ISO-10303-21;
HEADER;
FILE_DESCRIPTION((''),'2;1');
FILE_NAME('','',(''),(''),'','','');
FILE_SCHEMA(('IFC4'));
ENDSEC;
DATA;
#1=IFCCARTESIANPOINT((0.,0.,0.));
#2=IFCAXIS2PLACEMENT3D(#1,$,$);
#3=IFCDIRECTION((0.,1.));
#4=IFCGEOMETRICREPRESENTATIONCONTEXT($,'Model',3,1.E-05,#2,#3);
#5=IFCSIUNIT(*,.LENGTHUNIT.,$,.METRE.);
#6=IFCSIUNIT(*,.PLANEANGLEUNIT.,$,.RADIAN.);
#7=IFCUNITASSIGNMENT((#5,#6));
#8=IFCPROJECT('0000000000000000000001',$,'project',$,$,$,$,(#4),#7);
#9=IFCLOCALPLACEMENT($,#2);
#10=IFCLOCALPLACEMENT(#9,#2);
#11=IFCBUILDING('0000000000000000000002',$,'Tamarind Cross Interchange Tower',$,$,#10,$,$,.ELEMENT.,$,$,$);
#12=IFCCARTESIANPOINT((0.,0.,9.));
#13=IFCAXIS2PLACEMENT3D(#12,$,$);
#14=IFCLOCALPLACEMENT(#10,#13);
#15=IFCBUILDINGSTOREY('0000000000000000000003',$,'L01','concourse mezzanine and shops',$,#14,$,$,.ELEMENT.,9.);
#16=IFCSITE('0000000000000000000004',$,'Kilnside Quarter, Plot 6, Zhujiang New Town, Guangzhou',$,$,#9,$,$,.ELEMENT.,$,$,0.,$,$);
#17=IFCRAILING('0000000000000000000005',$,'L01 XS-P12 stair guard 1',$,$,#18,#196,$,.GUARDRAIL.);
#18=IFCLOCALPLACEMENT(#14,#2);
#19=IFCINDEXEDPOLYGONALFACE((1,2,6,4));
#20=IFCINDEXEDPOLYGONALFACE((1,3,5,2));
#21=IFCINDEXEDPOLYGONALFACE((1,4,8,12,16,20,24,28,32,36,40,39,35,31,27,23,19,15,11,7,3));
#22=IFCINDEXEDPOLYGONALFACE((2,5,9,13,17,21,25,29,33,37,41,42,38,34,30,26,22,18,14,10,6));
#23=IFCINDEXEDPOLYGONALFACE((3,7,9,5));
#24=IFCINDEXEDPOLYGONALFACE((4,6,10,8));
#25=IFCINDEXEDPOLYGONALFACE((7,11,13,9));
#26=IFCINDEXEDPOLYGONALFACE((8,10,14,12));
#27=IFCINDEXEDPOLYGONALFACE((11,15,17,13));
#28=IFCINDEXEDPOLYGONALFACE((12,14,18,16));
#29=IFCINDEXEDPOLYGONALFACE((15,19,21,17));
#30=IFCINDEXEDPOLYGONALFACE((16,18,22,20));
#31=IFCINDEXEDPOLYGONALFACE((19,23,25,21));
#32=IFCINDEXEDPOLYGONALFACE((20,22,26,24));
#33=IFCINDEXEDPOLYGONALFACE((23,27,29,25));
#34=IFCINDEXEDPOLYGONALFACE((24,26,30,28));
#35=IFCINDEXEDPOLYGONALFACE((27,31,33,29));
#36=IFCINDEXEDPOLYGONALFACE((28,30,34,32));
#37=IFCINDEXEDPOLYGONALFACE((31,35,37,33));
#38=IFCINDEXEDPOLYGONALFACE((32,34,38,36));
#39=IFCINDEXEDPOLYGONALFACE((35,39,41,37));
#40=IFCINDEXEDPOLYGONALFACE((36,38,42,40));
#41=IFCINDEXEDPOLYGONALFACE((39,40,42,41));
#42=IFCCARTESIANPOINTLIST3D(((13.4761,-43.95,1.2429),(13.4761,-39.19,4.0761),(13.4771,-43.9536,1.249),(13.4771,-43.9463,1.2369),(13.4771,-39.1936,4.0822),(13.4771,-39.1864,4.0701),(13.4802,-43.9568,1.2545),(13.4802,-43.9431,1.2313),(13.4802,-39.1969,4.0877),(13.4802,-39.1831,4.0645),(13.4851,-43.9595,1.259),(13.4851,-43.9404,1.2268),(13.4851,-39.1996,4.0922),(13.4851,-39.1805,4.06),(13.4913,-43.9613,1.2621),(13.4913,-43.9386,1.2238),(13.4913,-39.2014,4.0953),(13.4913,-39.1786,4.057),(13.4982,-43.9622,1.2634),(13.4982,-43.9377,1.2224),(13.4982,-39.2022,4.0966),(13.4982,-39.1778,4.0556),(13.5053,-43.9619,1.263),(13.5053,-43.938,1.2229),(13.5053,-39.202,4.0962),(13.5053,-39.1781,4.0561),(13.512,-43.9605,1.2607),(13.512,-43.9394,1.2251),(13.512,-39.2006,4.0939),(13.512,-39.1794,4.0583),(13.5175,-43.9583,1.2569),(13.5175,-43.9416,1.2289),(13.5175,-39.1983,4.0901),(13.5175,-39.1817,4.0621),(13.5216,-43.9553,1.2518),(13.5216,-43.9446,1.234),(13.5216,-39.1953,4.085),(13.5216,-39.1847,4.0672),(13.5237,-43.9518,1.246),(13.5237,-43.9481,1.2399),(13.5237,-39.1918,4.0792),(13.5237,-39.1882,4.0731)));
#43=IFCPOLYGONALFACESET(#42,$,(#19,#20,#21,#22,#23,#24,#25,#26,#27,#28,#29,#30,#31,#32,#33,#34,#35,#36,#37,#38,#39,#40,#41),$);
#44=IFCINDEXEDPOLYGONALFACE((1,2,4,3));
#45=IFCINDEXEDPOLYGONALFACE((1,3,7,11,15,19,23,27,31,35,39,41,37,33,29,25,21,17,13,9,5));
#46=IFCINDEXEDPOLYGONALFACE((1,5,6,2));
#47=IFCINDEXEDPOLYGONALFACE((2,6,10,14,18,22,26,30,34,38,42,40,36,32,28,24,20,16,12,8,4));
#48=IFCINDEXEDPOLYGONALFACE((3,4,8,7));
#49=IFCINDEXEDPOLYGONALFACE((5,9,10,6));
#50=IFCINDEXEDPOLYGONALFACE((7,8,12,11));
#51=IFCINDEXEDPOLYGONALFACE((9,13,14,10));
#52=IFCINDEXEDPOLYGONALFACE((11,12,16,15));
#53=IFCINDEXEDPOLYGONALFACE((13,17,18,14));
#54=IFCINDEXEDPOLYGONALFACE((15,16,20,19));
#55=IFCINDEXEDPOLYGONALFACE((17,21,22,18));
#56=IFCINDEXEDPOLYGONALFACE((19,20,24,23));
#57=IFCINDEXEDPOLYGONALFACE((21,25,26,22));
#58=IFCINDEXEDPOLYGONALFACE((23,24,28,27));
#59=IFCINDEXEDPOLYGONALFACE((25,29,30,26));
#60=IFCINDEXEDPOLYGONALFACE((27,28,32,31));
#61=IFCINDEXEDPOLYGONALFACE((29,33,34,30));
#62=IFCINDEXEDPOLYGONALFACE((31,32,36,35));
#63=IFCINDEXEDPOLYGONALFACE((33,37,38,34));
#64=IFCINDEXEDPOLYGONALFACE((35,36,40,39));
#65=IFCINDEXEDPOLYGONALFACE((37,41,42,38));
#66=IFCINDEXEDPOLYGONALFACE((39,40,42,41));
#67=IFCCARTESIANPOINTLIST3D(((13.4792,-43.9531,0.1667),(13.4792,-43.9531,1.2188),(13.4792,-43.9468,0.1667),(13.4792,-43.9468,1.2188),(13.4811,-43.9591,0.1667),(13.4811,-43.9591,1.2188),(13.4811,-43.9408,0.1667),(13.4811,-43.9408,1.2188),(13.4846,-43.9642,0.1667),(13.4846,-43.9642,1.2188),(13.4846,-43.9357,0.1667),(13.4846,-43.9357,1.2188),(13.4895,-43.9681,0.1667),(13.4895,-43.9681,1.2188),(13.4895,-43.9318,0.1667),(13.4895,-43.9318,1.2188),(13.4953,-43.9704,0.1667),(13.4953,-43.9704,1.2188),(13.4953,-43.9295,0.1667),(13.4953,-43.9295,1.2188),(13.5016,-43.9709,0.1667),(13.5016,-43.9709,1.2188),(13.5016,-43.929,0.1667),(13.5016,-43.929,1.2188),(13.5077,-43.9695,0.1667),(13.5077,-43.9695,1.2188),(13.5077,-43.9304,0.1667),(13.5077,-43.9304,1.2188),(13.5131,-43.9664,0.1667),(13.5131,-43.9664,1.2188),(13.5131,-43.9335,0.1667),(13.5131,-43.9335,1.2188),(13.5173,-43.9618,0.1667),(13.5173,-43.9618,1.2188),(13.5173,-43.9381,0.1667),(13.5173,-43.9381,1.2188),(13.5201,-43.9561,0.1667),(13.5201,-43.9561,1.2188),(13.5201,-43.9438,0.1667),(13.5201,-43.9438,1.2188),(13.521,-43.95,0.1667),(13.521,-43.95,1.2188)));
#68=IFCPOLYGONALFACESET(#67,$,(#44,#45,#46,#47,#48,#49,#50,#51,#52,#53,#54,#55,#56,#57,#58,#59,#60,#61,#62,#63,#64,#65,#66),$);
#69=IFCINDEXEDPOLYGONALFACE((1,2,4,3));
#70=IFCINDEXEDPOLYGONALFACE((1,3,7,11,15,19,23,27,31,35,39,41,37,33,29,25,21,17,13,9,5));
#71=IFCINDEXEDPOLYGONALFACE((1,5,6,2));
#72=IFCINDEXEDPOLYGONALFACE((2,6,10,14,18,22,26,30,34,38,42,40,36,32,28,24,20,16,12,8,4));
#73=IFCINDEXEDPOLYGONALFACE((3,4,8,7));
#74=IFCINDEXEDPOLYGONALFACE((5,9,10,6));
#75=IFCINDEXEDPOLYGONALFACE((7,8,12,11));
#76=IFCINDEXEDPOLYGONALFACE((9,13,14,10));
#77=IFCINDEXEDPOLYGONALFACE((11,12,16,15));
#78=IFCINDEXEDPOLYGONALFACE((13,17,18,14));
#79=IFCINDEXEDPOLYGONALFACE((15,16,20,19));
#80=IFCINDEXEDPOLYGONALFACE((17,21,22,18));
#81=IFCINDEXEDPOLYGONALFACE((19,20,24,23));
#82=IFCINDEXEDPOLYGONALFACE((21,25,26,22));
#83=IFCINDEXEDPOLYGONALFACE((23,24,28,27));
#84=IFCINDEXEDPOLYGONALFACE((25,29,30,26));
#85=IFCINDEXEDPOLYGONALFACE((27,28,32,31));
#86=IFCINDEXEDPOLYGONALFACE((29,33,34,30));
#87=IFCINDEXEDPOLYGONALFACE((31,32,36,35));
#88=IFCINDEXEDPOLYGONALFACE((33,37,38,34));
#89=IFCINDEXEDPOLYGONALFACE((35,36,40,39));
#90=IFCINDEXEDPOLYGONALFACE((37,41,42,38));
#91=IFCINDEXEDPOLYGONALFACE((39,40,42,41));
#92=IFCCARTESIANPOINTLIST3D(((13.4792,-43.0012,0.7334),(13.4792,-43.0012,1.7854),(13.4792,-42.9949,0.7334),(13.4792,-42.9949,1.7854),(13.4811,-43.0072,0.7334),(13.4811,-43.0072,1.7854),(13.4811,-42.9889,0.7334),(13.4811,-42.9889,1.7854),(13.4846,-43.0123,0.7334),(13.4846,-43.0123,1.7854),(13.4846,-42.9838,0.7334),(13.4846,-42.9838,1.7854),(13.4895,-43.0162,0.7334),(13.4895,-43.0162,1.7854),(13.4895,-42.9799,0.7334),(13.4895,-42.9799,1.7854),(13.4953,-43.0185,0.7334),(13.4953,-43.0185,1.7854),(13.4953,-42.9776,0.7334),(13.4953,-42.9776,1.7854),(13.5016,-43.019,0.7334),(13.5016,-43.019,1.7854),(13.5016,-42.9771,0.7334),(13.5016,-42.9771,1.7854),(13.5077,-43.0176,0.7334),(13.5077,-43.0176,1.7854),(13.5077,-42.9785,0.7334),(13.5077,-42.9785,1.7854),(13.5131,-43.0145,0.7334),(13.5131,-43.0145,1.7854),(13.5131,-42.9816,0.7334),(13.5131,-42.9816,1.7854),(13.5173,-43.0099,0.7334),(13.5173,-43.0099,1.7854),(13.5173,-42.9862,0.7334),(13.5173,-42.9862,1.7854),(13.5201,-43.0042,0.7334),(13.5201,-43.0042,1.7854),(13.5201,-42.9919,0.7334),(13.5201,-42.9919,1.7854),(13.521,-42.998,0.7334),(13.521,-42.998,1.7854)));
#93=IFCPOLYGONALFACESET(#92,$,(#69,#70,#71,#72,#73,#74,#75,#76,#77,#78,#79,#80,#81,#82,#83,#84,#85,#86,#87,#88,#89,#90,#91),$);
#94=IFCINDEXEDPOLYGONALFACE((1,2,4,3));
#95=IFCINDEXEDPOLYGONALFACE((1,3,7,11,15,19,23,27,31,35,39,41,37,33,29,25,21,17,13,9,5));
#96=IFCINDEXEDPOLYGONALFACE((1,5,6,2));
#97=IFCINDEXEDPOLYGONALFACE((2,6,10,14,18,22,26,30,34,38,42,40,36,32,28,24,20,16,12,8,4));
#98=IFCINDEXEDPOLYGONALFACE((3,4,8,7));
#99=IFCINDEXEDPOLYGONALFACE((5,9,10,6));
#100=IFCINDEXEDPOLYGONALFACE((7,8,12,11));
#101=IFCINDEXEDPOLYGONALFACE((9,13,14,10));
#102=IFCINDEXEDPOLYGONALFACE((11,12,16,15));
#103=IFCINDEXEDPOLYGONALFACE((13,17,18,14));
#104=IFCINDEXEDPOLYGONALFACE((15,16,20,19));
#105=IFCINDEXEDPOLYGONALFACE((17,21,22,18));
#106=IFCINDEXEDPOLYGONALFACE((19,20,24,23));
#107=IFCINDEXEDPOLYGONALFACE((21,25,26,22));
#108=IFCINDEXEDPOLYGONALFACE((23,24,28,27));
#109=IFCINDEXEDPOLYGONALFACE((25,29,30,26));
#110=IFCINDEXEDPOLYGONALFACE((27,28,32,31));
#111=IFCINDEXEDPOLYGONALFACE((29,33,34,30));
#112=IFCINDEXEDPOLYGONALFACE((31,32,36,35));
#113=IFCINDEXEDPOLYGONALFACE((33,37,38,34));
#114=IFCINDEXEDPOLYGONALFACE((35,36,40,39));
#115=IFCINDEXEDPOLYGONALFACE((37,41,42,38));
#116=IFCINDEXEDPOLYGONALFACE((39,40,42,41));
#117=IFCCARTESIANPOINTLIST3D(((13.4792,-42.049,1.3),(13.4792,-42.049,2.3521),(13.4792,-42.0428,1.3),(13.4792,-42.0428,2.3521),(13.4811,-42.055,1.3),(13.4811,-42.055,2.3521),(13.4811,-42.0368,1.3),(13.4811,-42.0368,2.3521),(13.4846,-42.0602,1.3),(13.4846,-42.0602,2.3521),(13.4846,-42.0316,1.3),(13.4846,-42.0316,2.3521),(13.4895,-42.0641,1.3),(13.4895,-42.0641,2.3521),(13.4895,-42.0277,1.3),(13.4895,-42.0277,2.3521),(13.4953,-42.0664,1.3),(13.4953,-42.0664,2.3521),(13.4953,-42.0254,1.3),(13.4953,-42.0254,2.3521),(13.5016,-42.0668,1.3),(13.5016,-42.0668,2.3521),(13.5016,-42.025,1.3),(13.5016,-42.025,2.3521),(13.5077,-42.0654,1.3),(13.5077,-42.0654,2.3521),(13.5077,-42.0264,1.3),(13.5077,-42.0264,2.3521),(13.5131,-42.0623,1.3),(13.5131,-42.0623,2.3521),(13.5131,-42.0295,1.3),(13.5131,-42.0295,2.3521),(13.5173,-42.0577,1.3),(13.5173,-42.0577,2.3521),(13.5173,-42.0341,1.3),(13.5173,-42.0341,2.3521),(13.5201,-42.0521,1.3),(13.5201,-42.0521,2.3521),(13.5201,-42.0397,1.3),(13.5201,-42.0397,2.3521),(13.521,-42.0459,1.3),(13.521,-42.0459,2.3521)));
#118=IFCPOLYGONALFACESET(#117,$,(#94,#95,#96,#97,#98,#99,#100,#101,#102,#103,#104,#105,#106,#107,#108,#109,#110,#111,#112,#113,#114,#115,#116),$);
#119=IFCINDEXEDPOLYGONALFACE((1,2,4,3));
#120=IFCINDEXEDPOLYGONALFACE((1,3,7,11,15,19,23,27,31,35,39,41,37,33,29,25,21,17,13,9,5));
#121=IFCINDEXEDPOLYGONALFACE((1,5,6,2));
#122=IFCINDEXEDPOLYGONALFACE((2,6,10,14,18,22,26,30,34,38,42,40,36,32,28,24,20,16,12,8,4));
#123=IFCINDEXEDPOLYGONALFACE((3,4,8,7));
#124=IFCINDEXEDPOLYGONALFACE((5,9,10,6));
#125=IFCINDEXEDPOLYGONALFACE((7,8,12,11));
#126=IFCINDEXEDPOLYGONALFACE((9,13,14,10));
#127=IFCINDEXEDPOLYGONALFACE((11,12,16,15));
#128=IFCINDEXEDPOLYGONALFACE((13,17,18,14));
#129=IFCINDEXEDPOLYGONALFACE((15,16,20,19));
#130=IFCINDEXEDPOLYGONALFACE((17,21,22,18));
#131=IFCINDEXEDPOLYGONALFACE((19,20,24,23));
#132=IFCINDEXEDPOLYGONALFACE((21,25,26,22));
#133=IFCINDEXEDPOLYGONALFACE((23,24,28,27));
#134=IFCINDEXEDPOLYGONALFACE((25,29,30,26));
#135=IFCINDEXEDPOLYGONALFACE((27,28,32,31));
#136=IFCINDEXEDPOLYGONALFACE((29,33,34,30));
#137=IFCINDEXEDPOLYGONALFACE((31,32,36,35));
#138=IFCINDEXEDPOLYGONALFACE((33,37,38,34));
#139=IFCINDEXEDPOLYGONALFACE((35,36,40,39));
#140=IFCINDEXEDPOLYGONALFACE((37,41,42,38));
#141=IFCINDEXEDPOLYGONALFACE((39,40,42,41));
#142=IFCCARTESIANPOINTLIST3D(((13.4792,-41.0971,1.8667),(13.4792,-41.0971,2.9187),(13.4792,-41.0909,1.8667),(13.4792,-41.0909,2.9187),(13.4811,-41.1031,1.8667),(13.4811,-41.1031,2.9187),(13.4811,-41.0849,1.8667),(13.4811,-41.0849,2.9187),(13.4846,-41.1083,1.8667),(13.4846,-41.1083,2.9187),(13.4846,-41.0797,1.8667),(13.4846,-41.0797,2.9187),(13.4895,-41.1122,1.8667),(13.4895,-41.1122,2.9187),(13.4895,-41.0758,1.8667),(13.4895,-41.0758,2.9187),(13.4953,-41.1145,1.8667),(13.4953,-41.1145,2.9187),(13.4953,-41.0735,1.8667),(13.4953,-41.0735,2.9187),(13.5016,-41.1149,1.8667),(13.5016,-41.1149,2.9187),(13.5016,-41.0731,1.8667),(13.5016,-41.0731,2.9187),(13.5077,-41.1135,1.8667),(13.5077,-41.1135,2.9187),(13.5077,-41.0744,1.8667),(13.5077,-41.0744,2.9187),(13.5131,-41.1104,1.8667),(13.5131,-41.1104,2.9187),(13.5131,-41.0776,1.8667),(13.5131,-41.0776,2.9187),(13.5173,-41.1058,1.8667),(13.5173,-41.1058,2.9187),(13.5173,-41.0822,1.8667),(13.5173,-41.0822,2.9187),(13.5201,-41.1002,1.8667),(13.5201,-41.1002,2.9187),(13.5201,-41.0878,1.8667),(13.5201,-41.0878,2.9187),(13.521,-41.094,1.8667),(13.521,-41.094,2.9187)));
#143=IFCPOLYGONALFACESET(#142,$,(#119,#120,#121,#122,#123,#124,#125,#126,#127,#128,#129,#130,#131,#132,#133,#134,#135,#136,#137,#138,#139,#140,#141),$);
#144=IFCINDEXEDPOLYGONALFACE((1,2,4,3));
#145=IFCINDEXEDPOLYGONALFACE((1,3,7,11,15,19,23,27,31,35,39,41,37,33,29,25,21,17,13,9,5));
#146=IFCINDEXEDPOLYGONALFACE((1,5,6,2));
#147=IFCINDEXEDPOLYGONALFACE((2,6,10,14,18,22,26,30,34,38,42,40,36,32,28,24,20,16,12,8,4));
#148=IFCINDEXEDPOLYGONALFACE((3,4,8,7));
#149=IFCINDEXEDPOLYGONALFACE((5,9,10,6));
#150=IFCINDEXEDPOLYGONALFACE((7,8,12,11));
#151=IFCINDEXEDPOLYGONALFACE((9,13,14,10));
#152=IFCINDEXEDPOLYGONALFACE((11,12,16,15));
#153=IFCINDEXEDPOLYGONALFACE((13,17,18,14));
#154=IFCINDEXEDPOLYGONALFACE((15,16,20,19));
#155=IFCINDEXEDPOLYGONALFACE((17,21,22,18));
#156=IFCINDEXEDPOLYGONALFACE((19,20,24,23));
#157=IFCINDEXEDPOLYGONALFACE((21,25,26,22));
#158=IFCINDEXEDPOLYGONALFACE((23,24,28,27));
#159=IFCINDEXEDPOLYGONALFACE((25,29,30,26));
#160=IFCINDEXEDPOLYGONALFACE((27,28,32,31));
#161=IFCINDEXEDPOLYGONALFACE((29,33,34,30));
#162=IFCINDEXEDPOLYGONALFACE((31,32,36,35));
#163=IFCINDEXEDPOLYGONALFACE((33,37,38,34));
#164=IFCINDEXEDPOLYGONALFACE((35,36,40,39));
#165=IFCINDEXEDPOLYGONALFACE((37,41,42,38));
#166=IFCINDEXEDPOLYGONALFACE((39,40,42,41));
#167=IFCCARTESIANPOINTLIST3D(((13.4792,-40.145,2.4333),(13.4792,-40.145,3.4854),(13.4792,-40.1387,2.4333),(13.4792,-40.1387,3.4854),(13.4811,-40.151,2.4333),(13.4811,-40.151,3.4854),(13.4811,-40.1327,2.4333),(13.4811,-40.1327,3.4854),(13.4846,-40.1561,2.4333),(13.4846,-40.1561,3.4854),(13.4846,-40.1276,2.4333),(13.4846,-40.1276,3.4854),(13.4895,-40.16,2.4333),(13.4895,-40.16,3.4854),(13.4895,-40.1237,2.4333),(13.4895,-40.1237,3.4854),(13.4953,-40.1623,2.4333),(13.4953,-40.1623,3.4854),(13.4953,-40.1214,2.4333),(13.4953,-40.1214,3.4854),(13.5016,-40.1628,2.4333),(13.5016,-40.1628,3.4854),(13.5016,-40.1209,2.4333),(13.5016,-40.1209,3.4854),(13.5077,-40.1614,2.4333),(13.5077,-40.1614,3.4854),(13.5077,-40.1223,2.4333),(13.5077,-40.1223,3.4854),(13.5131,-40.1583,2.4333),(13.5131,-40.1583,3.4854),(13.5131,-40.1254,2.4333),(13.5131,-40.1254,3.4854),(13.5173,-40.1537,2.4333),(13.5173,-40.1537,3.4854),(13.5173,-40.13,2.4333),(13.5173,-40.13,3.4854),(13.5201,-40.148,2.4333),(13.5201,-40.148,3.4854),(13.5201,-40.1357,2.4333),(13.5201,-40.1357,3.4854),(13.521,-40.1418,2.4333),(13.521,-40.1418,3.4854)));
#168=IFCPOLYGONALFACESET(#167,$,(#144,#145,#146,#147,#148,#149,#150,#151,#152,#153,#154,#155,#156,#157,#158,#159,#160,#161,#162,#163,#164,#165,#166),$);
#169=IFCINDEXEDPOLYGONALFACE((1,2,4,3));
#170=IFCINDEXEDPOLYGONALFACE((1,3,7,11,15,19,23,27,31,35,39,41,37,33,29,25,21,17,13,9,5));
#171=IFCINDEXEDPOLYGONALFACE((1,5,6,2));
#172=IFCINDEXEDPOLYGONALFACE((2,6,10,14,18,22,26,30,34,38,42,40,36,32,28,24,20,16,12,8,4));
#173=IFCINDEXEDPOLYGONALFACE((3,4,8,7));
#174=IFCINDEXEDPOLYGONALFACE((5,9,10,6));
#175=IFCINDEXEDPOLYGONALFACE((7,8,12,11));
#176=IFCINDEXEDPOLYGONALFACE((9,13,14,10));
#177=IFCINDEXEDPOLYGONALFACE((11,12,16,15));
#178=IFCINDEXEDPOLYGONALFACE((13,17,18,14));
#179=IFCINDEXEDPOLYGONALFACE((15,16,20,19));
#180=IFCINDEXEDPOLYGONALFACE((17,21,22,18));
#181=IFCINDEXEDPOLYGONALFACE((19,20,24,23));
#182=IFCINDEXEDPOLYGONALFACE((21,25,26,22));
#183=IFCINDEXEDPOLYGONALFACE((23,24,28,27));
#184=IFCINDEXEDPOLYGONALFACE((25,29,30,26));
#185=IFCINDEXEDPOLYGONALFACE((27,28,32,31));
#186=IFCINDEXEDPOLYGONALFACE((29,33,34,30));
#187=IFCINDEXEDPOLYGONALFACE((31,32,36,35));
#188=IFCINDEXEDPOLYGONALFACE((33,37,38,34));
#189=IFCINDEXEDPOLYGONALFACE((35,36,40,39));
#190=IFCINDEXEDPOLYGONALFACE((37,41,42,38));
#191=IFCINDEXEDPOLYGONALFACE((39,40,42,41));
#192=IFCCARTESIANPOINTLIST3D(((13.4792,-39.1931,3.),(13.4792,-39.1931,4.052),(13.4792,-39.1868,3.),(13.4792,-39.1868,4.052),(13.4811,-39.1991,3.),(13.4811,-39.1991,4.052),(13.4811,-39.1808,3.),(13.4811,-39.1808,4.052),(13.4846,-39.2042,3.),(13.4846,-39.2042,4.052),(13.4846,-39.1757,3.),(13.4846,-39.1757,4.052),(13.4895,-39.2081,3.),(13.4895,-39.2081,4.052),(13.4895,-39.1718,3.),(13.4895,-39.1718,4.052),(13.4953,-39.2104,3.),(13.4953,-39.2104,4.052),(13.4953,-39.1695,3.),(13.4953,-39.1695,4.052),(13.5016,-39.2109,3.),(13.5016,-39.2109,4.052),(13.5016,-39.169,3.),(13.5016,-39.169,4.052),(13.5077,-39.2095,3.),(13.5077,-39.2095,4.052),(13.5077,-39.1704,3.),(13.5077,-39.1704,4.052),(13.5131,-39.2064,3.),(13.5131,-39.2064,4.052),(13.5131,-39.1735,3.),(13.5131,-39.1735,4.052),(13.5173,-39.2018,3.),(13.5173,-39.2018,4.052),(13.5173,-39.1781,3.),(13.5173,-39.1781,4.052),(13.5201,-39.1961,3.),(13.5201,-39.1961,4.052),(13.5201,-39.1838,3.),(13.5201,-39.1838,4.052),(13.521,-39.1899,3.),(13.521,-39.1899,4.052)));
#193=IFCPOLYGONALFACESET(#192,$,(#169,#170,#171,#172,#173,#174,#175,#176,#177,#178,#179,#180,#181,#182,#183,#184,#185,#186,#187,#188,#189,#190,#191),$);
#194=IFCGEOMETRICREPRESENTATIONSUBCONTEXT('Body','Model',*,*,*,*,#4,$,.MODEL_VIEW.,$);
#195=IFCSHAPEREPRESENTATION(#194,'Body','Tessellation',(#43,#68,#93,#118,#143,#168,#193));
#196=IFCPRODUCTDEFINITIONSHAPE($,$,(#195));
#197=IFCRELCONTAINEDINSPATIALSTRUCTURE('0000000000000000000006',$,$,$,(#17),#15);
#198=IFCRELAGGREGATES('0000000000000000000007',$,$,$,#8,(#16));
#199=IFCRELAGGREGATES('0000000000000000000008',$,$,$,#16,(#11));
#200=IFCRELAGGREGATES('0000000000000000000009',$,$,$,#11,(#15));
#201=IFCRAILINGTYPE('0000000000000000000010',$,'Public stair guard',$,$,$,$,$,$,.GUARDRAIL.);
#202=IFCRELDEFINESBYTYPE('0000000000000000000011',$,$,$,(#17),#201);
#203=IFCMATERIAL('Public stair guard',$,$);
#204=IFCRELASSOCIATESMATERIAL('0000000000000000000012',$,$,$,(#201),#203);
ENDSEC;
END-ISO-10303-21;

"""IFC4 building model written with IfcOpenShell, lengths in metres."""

from ifc_helpers import new_model, si_unit, direction, frame, origin, origin_2d, place, context, subcontext, project, spatial, circle, extrude, material, type_object, element, save


model = new_model("IFC4")

# Units and contexts
model_context = context("Model", 3, precision=1e-05, world=origin(), true_north=direction((0.0, 1.0)))
body_context = subcontext(model_context, "Body", "Model", "MODEL_VIEW")
ifc_project = project(units=[si_unit("LENGTHUNIT", "METRE"), si_unit("PLANEANGLEUNIT", "RADIAN")], contexts=[model_context])

# Site, building, storey
site_placement = place(None, origin())
site = spatial("IfcSite", under=ifc_project, at=site_placement, Name="Kilnside Quarter, Plot 6, Zhujiang New Town, Guangzhou", CompositionType="ELEMENT", RefElevation=0.0)
building_placement = place(site_placement, origin())
building = spatial("IfcBuilding", under=site, at=building_placement, Name="Tamarind Cross Interchange Tower", CompositionType="ELEMENT")
storey_placement = place(building_placement, frame((0.0, 0.0, 9.0)))
storey = spatial("IfcBuildingStorey", under=building, at=storey_placement, Name="L01", Description="concourse mezzanine and shops", CompositionType="ELEMENT", Elevation=9.0)

# Railing
ifc_material_1 = material(Name="Public stair guard")
railing_type_1 = type_object("IfcRailingType", Name="Public stair guard", PredefinedType="GUARDRAIL", material=ifc_material_1)
railing_1_placement = place(storey_placement, frame((13.5, -43.95, 0.1667)))
element("IfcRailing", 1, at=railing_1_placement, inside=storey, type_object=railing_type_1, Name="L01 XS-P12 stair guard 1", PredefinedType="GUARDRAIL", context=body_context, shape_type="SweptSolid", body=[
    extrude(circle(Radius=0.0239, at=origin_2d()), frame((0.0, 0.0, 1.0762), z_axis=(0.0, 0.8593, 0.511472), x_axis=(-1.0, 0.0, 0.0)), (0.0, 0.0, 1.0), 5.5393),
    extrude(circle(Radius=0.021, at=origin_2d()), origin(), (0.0, 0.0, 1.0), 1.052),
    extrude(circle(Radius=0.021, at=origin_2d()), frame((0.0, 0.9519, 0.5667)), (0.0, 0.0, 1.0), 1.052),
    extrude(circle(Radius=0.021, at=origin_2d()), frame((0.0, 1.9041, 1.1333)), (0.0, 0.0, 1.0), 1.052),
    extrude(circle(Radius=0.021, at=origin_2d()), frame((0.0, 2.856, 1.7)), (0.0, 0.0, 1.0), 1.052),
    extrude(circle(Radius=0.021, at=origin_2d()), frame((0.0, 3.8081, 2.2666)), (0.0, 0.0, 1.0), 1.052),
    extrude(circle(Radius=0.021, at=origin_2d()), frame((0.0, 4.76, 2.8333)), (0.0, 0.0, 1.0), 1.052),
])

save(model, "model.ifc")
